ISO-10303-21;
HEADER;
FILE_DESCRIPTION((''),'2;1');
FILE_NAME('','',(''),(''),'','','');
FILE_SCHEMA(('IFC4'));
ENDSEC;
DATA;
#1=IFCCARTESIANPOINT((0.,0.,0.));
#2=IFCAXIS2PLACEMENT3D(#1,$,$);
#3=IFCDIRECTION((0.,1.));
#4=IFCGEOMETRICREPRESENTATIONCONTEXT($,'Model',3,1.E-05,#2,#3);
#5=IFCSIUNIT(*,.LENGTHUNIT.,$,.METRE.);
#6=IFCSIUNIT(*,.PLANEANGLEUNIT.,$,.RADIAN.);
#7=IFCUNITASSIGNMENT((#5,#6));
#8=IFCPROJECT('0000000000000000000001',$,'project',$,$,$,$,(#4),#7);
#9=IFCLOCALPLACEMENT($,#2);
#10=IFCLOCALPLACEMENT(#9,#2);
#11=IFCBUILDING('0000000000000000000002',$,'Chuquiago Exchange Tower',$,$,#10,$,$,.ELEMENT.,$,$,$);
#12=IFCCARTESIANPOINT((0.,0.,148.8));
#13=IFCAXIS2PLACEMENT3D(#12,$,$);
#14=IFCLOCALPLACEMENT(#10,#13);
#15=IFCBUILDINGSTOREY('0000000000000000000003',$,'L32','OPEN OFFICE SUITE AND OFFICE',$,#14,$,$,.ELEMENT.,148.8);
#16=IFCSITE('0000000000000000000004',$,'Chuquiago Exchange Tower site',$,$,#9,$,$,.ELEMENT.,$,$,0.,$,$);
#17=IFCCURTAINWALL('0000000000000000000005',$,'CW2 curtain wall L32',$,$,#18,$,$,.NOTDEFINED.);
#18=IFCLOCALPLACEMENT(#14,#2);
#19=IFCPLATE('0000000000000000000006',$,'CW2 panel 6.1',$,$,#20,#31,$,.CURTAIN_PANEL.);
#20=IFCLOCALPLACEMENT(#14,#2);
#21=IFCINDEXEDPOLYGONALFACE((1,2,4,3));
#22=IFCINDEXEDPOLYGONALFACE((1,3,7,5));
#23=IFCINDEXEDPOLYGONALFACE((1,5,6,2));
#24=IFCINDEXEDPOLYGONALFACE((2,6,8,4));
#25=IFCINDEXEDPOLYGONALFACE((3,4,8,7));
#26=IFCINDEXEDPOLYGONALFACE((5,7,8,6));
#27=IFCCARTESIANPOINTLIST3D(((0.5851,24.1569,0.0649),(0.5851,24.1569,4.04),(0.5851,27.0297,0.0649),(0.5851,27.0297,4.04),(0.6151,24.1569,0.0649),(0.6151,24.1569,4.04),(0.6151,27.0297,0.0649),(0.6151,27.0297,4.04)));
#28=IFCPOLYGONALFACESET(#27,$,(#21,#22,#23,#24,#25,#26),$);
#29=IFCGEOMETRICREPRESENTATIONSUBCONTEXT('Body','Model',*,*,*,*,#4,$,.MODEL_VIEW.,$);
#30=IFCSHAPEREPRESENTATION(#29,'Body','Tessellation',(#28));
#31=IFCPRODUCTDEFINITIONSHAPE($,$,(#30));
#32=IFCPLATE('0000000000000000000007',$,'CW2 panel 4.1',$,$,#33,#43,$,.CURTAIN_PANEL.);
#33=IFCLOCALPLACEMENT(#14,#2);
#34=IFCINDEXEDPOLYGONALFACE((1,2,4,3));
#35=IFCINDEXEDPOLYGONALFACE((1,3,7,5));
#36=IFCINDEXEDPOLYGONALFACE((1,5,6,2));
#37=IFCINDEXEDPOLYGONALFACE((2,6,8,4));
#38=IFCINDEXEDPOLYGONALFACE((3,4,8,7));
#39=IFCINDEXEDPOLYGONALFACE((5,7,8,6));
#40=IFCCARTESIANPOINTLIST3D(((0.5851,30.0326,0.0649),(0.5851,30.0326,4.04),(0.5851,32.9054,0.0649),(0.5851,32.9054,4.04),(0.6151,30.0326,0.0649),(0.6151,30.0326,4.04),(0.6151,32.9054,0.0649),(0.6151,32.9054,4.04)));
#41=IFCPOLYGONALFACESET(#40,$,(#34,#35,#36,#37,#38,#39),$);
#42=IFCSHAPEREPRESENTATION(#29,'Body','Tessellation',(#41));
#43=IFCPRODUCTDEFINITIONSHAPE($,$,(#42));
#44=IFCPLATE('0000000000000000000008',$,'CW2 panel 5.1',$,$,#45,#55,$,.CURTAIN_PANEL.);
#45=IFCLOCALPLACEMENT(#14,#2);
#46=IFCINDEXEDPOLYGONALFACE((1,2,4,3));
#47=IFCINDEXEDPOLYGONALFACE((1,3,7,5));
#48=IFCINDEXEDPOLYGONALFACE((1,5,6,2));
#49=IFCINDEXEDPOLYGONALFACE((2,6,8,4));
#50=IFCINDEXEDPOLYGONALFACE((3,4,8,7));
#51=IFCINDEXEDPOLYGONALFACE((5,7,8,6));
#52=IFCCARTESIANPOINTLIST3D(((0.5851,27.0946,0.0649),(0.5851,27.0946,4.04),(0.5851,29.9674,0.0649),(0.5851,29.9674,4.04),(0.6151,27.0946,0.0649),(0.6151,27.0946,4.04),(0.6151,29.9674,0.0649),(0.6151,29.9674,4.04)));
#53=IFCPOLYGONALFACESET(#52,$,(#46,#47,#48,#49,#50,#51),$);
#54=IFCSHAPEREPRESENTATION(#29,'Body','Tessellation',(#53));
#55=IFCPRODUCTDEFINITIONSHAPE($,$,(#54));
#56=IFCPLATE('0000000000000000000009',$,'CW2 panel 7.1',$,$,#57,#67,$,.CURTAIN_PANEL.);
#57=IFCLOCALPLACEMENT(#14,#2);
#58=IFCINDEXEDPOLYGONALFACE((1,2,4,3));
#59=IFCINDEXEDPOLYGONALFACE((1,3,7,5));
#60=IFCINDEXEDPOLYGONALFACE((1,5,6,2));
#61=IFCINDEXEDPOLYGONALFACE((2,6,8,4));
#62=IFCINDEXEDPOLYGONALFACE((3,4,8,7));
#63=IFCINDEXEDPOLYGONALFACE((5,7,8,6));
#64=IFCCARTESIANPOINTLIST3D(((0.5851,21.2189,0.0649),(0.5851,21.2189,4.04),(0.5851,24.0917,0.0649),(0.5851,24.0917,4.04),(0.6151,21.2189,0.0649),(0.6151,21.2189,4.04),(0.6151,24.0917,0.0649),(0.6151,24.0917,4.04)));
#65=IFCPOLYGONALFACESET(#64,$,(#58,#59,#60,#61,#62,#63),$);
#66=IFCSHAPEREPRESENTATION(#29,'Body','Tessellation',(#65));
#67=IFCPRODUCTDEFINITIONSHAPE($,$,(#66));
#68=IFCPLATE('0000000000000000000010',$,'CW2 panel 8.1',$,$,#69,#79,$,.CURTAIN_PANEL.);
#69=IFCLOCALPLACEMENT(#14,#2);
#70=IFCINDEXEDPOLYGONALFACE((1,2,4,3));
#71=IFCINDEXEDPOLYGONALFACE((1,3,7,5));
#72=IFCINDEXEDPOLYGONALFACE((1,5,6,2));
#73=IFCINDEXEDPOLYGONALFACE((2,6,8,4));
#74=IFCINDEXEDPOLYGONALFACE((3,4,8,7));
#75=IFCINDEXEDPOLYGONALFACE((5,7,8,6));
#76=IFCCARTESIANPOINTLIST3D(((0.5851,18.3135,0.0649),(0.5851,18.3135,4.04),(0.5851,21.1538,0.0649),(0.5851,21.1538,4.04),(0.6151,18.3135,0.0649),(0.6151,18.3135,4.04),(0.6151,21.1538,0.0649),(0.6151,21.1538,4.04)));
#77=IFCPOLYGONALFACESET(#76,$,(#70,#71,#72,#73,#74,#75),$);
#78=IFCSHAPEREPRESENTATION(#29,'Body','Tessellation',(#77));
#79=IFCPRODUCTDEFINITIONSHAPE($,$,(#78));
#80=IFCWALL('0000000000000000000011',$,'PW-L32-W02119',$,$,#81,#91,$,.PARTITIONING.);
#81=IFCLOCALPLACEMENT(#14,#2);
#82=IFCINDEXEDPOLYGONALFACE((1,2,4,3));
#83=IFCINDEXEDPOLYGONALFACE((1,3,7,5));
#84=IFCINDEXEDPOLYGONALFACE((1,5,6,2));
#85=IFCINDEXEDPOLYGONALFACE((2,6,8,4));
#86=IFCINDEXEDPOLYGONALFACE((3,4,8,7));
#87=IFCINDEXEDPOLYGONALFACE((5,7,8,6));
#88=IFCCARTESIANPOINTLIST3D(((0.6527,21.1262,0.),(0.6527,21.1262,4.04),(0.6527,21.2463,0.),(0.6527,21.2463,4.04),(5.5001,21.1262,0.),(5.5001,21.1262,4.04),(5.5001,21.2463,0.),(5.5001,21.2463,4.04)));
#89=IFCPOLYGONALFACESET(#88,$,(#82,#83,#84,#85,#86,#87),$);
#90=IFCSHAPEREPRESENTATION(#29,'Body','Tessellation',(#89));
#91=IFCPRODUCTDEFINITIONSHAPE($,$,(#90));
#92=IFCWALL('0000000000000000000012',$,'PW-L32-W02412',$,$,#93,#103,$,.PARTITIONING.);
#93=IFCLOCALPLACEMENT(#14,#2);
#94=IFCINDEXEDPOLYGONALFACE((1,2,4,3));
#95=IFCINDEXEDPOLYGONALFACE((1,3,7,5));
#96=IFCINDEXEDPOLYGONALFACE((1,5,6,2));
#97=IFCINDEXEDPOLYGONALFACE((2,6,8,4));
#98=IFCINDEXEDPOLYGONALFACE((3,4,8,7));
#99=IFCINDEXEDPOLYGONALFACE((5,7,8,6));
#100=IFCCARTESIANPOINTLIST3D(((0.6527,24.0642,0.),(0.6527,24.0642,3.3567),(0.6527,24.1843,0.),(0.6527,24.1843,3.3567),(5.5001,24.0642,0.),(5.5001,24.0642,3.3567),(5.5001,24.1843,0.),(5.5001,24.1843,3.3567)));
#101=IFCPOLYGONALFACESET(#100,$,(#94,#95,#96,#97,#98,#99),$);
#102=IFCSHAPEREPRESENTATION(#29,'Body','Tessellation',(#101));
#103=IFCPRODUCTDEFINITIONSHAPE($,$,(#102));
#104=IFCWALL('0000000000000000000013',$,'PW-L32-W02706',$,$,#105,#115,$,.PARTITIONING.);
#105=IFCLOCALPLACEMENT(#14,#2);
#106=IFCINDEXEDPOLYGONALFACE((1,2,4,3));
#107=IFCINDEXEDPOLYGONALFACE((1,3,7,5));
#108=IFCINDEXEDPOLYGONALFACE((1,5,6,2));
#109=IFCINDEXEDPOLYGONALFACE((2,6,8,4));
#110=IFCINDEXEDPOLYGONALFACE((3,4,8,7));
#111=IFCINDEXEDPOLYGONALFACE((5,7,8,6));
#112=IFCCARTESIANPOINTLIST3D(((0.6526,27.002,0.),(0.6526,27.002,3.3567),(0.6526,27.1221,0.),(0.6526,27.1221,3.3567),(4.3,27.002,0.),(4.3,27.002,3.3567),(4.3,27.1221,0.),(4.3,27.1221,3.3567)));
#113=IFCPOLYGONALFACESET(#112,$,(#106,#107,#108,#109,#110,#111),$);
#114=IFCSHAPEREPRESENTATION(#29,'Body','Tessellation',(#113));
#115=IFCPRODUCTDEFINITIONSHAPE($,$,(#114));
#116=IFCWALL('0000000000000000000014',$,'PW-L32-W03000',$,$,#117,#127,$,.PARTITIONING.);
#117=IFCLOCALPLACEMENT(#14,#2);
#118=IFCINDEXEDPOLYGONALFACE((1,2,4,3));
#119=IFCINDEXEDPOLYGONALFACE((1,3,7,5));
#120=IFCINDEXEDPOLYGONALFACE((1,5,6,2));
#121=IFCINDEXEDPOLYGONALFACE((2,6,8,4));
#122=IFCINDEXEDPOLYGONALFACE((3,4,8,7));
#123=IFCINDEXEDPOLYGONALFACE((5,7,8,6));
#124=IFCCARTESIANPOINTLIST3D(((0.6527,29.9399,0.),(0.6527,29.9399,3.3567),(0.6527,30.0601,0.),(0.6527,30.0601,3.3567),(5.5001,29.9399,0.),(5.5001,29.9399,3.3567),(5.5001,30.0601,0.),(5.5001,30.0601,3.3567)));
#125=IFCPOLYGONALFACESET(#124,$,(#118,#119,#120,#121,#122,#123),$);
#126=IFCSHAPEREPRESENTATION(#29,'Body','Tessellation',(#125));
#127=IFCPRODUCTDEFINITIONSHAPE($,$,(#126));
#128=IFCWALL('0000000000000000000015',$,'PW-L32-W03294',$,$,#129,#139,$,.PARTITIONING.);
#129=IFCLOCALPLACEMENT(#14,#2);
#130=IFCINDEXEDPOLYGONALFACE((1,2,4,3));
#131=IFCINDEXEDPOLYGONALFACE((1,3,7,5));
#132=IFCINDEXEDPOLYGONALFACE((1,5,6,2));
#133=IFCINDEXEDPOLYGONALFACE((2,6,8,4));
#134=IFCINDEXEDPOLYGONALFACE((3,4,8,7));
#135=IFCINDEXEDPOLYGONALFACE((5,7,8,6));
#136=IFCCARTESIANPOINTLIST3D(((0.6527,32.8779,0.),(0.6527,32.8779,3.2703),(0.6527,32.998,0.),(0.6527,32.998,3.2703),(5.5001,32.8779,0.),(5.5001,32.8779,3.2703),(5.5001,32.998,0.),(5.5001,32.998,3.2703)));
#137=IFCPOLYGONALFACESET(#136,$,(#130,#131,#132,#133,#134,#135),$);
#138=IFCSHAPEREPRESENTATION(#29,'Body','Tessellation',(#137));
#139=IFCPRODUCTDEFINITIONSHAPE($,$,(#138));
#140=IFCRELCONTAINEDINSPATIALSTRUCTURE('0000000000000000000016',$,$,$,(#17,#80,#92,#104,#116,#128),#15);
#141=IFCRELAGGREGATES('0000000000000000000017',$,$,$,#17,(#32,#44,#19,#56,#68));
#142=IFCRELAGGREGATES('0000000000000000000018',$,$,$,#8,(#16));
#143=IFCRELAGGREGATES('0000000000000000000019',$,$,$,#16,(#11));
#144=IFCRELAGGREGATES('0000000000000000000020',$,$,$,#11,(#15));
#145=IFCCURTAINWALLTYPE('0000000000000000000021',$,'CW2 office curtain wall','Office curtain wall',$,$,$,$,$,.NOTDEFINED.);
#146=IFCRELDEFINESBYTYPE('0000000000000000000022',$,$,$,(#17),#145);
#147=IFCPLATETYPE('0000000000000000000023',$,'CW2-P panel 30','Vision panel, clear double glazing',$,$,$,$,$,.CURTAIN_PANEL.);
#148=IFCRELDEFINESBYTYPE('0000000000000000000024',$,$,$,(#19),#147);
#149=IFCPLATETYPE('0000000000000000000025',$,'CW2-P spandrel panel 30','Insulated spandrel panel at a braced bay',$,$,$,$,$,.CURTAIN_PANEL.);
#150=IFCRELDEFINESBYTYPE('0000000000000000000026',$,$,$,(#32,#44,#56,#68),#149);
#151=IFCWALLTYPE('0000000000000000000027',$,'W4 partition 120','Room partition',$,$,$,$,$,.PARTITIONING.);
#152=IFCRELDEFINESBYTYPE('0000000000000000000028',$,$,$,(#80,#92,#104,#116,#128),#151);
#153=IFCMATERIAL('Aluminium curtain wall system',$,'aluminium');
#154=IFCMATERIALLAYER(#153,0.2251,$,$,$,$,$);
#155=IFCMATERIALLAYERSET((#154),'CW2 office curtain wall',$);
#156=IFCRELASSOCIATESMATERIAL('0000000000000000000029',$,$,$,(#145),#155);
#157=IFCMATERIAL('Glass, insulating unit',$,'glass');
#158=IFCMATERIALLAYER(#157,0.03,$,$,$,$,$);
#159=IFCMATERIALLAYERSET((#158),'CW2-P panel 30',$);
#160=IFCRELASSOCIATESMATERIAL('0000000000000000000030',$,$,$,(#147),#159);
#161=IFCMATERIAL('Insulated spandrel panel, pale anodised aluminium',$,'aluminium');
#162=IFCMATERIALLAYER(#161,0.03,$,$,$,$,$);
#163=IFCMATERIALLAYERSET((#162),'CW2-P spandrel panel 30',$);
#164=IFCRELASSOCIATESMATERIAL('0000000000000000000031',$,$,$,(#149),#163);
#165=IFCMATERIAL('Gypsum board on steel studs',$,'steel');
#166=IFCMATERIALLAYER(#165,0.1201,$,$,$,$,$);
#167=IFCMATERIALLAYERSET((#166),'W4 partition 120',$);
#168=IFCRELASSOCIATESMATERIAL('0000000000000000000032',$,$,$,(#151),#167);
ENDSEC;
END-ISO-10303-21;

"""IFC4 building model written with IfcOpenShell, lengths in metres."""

from ifc_helpers import new_model, si_unit, direction, frame, frame_2d, origin, origin_2d, place, context, subcontext, project, spatial, rectangle, extrude, material, layer, layer_set, type_object, element, aggregate, save


model = new_model("IFC4")

# Units and contexts
model_context = context("Model", 3, precision=1e-05, world=origin(), true_north=direction((0.0, 1.0)))
body_context = subcontext(model_context, "Body", "Model", "MODEL_VIEW")
ifc_project = project(units=[si_unit("LENGTHUNIT", "METRE"), si_unit("PLANEANGLEUNIT", "RADIAN")], contexts=[model_context])

# Site, building, storey
site_placement = place(None, origin())
site = spatial("IfcSite", under=ifc_project, at=site_placement, Name="Chuquiago Exchange Tower site", CompositionType="ELEMENT", RefElevation=0.0)
building_placement = place(site_placement, origin())
building = spatial("IfcBuilding", under=site, at=building_placement, Name="Chuquiago Exchange Tower", CompositionType="ELEMENT")
storey_placement = place(building_placement, frame((0.0, 0.0, 148.8)))
storey = spatial("IfcBuildingStorey", under=building, at=storey_placement, Name="L32", Description="OPEN OFFICE SUITE AND OFFICE", CompositionType="ELEMENT", Elevation=148.8)

# Curtain wall
ifc_material_1 = material(Name="Aluminium curtain wall system", Category="aluminium")
ifc_layer_1 = layer(ifc_material_1, 0.2251)
ifc_layer_set_1 = layer_set([ifc_layer_1], Name="CW2 office curtain wall")
curtain_wall_type = type_object("IfcCurtainWallType", Name="CW2 office curtain wall", Description="Office curtain wall", PredefinedType="NOTDEFINED", material=ifc_layer_set_1)
curtain_wall_placement = place(storey_placement, origin())
curtain_wall = element("IfcCurtainWall", 1, at=curtain_wall_placement, inside=storey, type_object=curtain_wall_type, Name="CW2 curtain wall L32", PredefinedType="NOTDEFINED")

# Plates
ifc_material_2 = material(Name="Glass, insulating unit", Category="glass")
ifc_layer_2 = layer(ifc_material_2, 0.03)
ifc_layer_set_2 = layer_set([ifc_layer_2], Name="CW2-P panel 30")
plate_type_1 = type_object("IfcPlateType", Name="CW2-P panel 30", Description="Vision panel, clear double glazing", PredefinedType="CURTAIN_PANEL", material=ifc_layer_set_2)
plate_1_placement = place(storey_placement, frame((0.6001, 25.5933, 0.0649), z_axis=(0.0, 0.0, 1.0), x_axis=(0.0, -1.0, 0.0)))
plate_1 = element("IfcPlate", 2, at=plate_1_placement, type_object=plate_type_1, Name="CW2 panel 6.1", PredefinedType="CURTAIN_PANEL", context=body_context, shape_type="SweptSolid", body=[
    extrude(rectangle(XDim=2.8728, YDim=0.03, at=origin_2d()), origin(), (0.0, 0.0, 1.0), 3.9751),
])
ifc_material_3 = material(Name="Insulated spandrel panel, pale anodised aluminium", Category="aluminium")
ifc_layer_3 = layer(ifc_material_3, 0.03)
ifc_layer_set_3 = layer_set([ifc_layer_3], Name="CW2-P spandrel panel 30")
plate_type_2 = type_object("IfcPlateType", Name="CW2-P spandrel panel 30", Description="Insulated spandrel panel at a braced bay", PredefinedType="CURTAIN_PANEL", material=ifc_layer_set_3)
plate_2_placement = place(storey_placement, frame((0.6001, 31.469, 0.0649), z_axis=(0.0, 0.0, 1.0), x_axis=(0.0, -1.0, 0.0)))
plate_2 = element("IfcPlate", 3, at=plate_2_placement, type_object=plate_type_2, Name="CW2 panel 4.1", PredefinedType="CURTAIN_PANEL", context=body_context, shape_type="SweptSolid", body=[
    extrude(rectangle(XDim=2.8728, YDim=0.03, at=origin_2d()), origin(), (0.0, 0.0, 1.0), 3.9751),
])
plate_3_placement = place(storey_placement, frame((0.6001, 28.531, 0.0649), z_axis=(0.0, 0.0, 1.0), x_axis=(0.0, -1.0, 0.0)))
plate_3 = element("IfcPlate", 4, at=plate_3_placement, type_object=plate_type_2, Name="CW2 panel 5.1", PredefinedType="CURTAIN_PANEL", context=body_context, shape_type="SweptSolid", body=[
    extrude(rectangle(XDim=2.8728, YDim=0.03, at=origin_2d()), origin(), (0.0, 0.0, 1.0), 3.9751),
])
plate_4_placement = place(storey_placement, frame((0.6001, 22.6553, 0.0649), z_axis=(0.0, 0.0, 1.0), x_axis=(0.0, -1.0, 0.0)))
plate_4 = element("IfcPlate", 5, at=plate_4_placement, type_object=plate_type_2, Name="CW2 panel 7.1", PredefinedType="CURTAIN_PANEL", context=body_context, shape_type="SweptSolid", body=[
    extrude(rectangle(XDim=2.8728, YDim=0.03, at=origin_2d()), origin(), (0.0, 0.0, 1.0), 3.9751),
])
plate_5_placement = place(storey_placement, frame((0.6001, 19.7336, 0.0649), z_axis=(0.0, 0.0, 1.0), x_axis=(0.0, -1.0, 0.0)))
plate_5 = element("IfcPlate", 6, at=plate_5_placement, type_object=plate_type_2, Name="CW2 panel 8.1", PredefinedType="CURTAIN_PANEL", context=body_context, shape_type="SweptSolid", body=[
    extrude(rectangle(XDim=2.8403, YDim=0.03, at=origin_2d()), origin(), (0.0, 0.0, 1.0), 3.9751),
])
aggregate(curtain_wall, [plate_2, plate_3, plate_1, plate_4, plate_5])

# Walls
ifc_material_4 = material(Name="Gypsum board on steel studs", Category="steel")
ifc_layer_4 = layer(ifc_material_4, 0.1201)
ifc_layer_set_4 = layer_set([ifc_layer_4], Name="W4 partition 120")
wall_type = type_object("IfcWallType", Name="W4 partition 120", Description="Room partition", PredefinedType="PARTITIONING", material=ifc_layer_set_4)
wall_1_placement = place(storey_placement, frame((0.6526, 21.1863, 0.0), z_axis=(0.0, 0.0, 1.0), x_axis=(1.0, 0.0, 0.0)))
element("IfcWall", 7, at=wall_1_placement, inside=storey, type_object=wall_type, Name="PW-L32-W02119", PredefinedType="PARTITIONING", context=body_context, shape_type="SweptSolid", body=[
    extrude(rectangle(XDim=4.8474, YDim=0.1201, at=frame_2d((2.4238, 0.0))), origin(), (0.0, 0.0, 1.0), 4.04),
])
wall_2_placement = place(storey_placement, frame((0.6526, 24.1243, 0.0), z_axis=(0.0, 0.0, 1.0), x_axis=(1.0, 0.0, 0.0)))
element("IfcWall", 8, at=wall_2_placement, inside=storey, type_object=wall_type, Name="PW-L32-W02412", PredefinedType="PARTITIONING", context=body_context, shape_type="SweptSolid", body=[
    extrude(rectangle(XDim=4.8474, YDim=0.1201, at=frame_2d((2.4238, 0.0))), origin(), (0.0, 0.0, 1.0), 3.3567),
])
wall_3_placement = place(storey_placement, frame((0.6526, 27.062, 0.0), z_axis=(0.0, 0.0, 1.0), x_axis=(1.0, 0.0, 0.0)))
element("IfcWall", 9, at=wall_3_placement, inside=storey, type_object=wall_type, Name="PW-L32-W02706", PredefinedType="PARTITIONING", context=body_context, shape_type="SweptSolid", body=[
    extrude(rectangle(XDim=3.6475, YDim=0.1201, at=frame_2d((1.8237, 0.0))), origin(), (0.0, 0.0, 1.0), 3.3567),
])
wall_4_placement = place(storey_placement, frame((0.6526, 30.0, 0.0), z_axis=(0.0, 0.0, 1.0), x_axis=(1.0, 0.0, 0.0)))
element("IfcWall", 10, at=wall_4_placement, inside=storey, type_object=wall_type, Name="PW-L32-W03000", PredefinedType="PARTITIONING", context=body_context, shape_type="SweptSolid", body=[
    extrude(rectangle(XDim=4.8474, YDim=0.1201, at=frame_2d((2.4238, 0.0))), origin(), (0.0, 0.0, 1.0), 3.3567),
])
wall_5_placement = place(storey_placement, frame((0.6526, 32.938, 0.0), z_axis=(0.0, 0.0, 1.0), x_axis=(1.0, 0.0, 0.0)))
element("IfcWall", 11, at=wall_5_placement, inside=storey, type_object=wall_type, Name="PW-L32-W03294", PredefinedType="PARTITIONING", context=body_context, shape_type="SweptSolid", body=[
    extrude(rectangle(XDim=4.8474, YDim=0.1201, at=frame_2d((2.4238, 0.0))), origin(), (0.0, 0.0, 1.0), 3.2703),
])

save(model, "model.ifc")
